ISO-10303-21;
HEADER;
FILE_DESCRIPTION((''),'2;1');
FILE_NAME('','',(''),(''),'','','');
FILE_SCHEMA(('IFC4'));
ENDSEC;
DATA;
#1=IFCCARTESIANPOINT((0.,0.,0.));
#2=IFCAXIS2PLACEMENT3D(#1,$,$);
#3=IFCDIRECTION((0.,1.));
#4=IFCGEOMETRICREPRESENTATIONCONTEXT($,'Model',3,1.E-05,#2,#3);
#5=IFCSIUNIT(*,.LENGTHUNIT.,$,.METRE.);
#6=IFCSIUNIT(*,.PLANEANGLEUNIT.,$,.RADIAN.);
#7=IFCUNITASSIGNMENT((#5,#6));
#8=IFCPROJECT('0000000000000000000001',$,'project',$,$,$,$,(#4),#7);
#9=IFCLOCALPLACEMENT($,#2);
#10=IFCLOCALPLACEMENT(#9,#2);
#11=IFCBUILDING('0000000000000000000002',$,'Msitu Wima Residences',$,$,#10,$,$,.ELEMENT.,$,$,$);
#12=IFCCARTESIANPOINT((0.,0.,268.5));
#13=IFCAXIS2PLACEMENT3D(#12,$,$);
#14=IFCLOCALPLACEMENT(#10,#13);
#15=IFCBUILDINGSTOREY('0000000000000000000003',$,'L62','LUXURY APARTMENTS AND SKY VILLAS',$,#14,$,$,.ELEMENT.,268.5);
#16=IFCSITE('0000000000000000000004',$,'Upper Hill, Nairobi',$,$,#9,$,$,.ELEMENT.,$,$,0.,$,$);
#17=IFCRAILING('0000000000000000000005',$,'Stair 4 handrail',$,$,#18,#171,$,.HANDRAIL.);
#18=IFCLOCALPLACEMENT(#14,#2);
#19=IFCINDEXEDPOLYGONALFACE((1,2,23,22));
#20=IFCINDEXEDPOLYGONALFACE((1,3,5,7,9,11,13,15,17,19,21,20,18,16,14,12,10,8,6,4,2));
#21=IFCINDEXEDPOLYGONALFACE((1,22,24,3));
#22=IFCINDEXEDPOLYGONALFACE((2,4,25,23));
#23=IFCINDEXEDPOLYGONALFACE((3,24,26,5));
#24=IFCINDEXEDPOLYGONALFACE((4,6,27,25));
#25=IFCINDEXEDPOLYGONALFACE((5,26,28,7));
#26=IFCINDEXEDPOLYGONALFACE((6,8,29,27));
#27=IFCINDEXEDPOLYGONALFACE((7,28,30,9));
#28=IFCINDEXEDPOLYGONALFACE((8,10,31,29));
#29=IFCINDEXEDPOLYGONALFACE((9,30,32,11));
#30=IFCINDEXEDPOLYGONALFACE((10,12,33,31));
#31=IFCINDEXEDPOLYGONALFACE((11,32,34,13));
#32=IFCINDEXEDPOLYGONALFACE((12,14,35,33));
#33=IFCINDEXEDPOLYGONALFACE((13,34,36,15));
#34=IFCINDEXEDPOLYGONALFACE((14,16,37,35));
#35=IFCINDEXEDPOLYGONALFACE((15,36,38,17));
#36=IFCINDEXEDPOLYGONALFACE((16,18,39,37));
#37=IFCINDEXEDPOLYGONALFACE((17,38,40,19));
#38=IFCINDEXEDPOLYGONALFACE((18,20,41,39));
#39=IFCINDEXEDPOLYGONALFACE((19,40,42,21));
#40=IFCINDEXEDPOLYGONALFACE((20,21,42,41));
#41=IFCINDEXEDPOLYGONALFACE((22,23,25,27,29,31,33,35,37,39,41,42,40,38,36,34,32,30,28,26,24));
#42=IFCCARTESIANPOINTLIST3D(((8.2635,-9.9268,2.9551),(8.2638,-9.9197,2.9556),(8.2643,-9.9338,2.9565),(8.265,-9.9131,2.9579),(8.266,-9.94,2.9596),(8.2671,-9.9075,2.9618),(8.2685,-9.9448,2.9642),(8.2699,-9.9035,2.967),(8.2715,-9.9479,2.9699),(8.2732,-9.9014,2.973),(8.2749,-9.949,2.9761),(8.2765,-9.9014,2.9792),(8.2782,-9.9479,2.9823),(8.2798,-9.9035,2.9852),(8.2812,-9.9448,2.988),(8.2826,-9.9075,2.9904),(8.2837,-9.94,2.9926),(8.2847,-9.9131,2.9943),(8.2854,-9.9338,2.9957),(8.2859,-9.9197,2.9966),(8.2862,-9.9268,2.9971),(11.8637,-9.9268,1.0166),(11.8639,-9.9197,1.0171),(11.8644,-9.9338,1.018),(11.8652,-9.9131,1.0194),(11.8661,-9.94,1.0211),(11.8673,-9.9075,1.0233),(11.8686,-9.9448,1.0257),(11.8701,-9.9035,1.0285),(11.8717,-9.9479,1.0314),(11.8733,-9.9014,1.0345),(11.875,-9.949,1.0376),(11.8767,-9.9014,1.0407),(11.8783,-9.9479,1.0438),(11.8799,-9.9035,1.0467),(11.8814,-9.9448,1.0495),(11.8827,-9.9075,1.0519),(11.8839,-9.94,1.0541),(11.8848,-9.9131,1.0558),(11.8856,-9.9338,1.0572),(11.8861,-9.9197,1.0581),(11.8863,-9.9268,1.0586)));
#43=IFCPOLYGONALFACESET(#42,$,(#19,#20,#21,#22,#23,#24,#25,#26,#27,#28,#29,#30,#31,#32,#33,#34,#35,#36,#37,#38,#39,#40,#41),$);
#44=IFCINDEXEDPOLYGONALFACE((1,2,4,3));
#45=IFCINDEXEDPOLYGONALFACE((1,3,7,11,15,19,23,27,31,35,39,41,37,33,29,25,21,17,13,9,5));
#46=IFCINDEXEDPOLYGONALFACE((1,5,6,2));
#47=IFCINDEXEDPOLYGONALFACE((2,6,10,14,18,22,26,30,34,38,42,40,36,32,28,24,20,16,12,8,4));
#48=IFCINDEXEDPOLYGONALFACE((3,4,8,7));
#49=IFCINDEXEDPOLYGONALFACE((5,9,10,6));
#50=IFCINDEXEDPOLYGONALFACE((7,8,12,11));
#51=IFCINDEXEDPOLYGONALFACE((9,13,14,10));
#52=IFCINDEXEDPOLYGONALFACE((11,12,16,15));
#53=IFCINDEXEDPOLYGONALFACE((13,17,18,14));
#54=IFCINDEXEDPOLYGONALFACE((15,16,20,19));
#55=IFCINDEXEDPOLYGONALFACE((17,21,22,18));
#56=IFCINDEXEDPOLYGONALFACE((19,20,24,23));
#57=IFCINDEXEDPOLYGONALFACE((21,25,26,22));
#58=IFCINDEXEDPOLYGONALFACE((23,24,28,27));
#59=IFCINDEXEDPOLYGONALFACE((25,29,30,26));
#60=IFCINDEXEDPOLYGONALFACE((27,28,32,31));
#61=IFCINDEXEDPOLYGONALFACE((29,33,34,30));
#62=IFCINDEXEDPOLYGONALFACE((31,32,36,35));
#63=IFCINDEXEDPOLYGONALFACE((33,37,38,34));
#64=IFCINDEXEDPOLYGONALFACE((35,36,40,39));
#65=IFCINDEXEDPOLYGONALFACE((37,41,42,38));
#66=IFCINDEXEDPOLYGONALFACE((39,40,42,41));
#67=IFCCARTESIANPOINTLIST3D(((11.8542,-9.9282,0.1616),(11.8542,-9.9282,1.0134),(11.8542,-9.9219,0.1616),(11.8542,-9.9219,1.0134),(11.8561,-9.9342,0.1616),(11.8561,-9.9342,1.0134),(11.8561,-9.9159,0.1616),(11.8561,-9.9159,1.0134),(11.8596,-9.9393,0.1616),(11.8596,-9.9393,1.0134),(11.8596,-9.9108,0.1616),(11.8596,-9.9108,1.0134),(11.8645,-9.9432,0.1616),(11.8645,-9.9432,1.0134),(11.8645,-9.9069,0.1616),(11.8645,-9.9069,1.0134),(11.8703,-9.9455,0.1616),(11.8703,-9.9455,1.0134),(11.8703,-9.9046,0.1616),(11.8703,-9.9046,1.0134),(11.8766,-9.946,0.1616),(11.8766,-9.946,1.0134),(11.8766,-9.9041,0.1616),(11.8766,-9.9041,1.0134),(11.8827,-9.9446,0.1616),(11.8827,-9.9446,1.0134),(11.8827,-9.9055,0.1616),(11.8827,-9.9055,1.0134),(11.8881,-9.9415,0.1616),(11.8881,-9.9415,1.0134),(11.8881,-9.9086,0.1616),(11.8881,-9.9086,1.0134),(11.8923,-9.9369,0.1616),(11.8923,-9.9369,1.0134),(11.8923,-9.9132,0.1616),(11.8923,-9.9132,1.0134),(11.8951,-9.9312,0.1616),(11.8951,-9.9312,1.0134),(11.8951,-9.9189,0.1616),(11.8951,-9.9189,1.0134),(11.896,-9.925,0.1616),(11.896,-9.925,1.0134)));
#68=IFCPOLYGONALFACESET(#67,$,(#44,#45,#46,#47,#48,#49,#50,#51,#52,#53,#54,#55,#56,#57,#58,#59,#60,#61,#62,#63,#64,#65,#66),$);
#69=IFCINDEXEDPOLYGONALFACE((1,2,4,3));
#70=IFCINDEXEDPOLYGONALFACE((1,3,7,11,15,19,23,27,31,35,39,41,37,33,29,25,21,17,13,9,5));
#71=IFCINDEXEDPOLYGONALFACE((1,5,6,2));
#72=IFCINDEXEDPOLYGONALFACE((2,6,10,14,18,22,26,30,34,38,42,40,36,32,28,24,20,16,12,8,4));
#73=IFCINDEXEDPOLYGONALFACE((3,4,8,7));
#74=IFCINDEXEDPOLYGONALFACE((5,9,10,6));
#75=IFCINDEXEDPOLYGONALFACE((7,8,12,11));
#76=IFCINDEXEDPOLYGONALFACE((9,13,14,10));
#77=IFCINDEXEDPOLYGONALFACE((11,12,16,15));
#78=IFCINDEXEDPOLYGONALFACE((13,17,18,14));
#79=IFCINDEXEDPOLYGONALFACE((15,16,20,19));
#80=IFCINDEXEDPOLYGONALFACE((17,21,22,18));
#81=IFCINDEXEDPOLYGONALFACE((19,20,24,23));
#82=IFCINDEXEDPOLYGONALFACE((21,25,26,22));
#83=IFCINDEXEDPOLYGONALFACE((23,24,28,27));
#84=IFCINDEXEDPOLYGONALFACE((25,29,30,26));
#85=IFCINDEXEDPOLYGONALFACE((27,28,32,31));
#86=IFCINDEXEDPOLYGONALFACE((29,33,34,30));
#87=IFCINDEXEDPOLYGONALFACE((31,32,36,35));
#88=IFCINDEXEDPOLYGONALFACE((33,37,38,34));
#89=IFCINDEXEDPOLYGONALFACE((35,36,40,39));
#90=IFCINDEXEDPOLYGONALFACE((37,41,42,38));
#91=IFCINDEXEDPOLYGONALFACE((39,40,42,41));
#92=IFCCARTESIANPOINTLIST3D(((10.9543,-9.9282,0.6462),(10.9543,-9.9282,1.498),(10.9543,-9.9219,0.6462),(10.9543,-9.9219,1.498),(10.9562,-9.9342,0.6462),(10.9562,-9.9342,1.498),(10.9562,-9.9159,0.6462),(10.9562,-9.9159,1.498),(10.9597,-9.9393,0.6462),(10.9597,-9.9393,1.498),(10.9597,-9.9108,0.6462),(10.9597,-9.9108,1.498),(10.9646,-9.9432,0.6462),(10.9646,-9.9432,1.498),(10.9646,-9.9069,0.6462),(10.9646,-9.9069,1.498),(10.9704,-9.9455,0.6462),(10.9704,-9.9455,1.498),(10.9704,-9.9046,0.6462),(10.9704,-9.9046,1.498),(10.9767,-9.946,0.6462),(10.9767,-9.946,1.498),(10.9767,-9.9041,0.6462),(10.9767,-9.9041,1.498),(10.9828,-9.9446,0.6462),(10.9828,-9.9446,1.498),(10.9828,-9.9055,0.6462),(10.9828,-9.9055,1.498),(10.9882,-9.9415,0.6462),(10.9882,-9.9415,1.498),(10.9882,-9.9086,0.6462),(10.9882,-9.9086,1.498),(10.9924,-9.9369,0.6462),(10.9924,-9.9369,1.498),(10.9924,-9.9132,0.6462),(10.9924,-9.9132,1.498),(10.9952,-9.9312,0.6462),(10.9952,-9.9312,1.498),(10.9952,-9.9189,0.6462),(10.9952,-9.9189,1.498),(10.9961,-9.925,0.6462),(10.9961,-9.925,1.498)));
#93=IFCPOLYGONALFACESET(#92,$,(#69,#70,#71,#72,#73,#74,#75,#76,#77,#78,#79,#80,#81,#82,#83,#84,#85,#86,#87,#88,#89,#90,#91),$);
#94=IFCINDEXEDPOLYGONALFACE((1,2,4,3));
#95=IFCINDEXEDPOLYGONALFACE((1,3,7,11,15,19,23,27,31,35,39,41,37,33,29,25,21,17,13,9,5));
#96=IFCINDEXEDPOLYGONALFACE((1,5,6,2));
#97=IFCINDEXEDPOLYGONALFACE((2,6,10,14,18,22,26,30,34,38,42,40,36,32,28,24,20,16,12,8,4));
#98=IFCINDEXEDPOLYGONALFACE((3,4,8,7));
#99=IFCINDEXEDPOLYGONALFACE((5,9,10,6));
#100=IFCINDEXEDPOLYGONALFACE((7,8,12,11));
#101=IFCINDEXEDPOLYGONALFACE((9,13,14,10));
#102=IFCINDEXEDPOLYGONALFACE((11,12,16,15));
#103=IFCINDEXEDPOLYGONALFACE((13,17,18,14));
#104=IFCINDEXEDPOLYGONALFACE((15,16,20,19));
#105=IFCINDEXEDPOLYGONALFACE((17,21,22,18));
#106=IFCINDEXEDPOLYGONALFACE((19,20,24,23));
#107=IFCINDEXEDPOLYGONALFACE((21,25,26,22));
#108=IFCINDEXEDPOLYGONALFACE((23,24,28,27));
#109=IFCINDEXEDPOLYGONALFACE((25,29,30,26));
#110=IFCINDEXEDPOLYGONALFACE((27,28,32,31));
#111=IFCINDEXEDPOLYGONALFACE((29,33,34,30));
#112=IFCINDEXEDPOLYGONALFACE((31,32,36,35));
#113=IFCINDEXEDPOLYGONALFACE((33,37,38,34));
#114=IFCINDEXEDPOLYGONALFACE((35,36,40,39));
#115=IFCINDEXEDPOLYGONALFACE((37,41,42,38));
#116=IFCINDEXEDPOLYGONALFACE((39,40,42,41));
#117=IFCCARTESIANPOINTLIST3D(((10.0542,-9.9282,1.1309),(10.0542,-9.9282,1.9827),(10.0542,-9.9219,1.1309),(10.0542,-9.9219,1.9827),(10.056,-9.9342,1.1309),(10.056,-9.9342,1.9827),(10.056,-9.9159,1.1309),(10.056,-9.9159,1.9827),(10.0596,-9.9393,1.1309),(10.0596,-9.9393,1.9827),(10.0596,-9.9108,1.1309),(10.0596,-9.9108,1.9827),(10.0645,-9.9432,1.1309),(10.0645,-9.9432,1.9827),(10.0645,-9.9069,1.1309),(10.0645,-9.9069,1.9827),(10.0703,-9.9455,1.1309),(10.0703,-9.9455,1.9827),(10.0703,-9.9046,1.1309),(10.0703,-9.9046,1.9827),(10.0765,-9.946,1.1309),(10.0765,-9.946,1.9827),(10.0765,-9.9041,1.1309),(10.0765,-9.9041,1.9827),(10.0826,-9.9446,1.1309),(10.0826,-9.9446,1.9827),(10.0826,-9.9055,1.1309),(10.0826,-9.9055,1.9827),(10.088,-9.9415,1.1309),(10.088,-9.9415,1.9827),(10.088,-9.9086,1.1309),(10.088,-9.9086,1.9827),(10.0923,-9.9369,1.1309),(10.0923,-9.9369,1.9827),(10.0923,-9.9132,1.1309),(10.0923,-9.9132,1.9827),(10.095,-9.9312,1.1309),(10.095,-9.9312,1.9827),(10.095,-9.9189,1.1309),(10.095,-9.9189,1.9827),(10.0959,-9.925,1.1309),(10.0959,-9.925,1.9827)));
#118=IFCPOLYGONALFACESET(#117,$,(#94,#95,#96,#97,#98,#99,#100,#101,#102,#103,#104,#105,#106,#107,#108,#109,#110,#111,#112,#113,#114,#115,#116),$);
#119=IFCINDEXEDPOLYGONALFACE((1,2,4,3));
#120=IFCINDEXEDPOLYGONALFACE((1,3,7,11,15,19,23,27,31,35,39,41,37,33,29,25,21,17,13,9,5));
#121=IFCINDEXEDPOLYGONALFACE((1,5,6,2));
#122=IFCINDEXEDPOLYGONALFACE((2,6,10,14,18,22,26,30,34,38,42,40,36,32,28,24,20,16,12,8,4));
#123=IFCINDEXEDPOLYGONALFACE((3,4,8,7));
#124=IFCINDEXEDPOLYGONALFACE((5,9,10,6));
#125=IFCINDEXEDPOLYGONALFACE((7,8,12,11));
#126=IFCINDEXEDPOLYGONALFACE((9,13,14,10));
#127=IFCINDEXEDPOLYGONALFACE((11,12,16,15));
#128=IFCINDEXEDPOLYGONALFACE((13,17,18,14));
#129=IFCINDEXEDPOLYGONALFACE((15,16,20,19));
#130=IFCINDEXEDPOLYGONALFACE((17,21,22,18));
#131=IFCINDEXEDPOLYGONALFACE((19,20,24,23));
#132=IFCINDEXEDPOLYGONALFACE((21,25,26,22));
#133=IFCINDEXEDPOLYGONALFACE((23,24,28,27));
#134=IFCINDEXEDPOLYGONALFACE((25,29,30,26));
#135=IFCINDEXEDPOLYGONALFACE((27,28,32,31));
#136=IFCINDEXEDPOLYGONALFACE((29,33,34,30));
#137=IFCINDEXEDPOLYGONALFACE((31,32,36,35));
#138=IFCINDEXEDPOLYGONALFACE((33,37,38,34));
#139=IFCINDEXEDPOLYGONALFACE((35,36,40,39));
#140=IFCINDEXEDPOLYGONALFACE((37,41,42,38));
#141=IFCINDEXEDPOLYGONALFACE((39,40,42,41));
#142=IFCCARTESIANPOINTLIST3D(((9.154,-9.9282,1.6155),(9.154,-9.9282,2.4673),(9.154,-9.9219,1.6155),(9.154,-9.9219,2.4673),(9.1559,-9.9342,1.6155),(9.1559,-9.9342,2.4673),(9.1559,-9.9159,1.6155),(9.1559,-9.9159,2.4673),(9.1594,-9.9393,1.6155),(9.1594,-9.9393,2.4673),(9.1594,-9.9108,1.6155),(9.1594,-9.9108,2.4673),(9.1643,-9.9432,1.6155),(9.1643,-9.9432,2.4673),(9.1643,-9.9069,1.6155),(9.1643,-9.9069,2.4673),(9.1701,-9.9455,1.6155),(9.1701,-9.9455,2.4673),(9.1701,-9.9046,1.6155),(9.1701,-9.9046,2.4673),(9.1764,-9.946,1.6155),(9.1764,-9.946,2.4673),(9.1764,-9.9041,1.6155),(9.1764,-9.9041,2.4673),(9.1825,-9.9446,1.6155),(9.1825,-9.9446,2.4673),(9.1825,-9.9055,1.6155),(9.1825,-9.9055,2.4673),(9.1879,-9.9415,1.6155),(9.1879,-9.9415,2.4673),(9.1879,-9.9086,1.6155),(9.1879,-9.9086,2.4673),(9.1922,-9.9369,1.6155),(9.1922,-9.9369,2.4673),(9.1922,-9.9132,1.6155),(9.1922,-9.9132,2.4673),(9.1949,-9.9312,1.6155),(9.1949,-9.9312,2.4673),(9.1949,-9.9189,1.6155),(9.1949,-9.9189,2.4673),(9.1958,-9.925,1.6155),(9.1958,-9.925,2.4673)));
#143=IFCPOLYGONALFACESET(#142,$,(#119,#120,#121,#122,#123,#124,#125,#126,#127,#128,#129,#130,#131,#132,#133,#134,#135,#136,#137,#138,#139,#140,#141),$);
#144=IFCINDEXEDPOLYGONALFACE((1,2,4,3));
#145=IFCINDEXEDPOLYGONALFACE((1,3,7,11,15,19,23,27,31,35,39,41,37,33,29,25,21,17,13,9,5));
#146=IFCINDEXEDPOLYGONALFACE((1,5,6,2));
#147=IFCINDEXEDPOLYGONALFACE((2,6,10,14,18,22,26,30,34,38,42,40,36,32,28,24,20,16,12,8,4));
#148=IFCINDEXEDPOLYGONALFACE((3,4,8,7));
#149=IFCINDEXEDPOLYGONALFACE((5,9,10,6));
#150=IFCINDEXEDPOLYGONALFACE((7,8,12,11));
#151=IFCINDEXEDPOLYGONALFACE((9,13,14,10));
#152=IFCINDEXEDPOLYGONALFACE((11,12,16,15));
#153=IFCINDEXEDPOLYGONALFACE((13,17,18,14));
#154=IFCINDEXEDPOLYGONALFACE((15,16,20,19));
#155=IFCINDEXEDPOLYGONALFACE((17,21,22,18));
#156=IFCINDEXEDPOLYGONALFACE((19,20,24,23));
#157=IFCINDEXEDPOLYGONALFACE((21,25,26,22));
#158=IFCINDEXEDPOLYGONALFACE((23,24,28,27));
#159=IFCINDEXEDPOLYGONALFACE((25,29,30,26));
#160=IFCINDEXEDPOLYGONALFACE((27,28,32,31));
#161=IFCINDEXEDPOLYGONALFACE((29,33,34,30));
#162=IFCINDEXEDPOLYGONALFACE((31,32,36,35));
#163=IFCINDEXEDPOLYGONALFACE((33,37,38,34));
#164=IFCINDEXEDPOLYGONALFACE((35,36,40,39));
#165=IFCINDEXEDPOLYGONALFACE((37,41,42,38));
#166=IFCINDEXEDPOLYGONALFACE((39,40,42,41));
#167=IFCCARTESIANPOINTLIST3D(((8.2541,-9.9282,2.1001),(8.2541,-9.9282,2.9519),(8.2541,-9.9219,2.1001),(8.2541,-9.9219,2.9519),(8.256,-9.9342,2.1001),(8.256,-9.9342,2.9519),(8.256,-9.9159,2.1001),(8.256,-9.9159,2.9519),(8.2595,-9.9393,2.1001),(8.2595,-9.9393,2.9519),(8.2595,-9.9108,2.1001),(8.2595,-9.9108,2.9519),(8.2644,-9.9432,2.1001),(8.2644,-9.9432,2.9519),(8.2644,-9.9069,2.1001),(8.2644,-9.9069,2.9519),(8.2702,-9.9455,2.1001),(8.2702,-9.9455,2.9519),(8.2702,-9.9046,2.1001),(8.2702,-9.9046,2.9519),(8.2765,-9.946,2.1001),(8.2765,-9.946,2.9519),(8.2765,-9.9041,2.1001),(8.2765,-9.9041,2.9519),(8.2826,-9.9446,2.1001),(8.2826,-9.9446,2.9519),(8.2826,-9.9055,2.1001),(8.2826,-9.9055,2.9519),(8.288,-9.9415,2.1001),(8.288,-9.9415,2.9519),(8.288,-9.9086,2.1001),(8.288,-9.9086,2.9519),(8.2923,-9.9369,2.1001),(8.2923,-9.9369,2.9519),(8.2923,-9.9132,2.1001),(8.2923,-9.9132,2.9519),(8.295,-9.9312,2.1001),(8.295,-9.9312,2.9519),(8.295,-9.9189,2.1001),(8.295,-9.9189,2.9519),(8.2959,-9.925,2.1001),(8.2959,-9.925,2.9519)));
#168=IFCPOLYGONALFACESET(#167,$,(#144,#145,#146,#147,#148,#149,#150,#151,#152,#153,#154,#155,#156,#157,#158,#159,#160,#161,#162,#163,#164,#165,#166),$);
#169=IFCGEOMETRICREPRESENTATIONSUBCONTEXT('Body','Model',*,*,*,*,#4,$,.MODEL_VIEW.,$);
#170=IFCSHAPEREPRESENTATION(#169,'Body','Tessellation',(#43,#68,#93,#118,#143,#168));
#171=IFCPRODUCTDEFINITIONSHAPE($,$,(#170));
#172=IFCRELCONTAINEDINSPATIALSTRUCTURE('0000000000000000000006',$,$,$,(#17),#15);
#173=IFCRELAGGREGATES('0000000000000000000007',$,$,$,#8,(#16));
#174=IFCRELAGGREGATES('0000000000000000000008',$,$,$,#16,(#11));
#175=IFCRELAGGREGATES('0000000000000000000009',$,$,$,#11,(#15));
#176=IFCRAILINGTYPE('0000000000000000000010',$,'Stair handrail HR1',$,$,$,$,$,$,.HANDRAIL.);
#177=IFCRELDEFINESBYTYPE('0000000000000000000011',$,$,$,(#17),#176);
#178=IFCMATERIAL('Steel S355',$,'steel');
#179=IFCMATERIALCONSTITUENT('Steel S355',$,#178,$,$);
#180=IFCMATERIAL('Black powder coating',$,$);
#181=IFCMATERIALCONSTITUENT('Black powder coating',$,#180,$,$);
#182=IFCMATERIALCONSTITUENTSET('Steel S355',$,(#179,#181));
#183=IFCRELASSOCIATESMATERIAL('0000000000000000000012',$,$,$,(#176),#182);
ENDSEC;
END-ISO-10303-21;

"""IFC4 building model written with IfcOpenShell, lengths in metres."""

from ifc_helpers import new_model, si_unit, direction, frame, origin, origin_2d, place, context, subcontext, project, spatial, circle, extrude, material, constituent, constituent_set, type_object, element, save


model = new_model("IFC4")

# Units and contexts
model_context = context("Model", 3, precision=1e-05, world=origin(), true_north=direction((0.0, 1.0)))
body_context = subcontext(model_context, "Body", "Model", "MODEL_VIEW")
ifc_project = project(units=[si_unit("LENGTHUNIT", "METRE"), si_unit("PLANEANGLEUNIT", "RADIAN")], contexts=[model_context])

# Site, building, storey
site_placement = place(None, origin())
site = spatial("IfcSite", under=ifc_project, at=site_placement, Name="Upper Hill, Nairobi", CompositionType="ELEMENT", RefElevation=0.0)
building_placement = place(site_placement, origin())
building = spatial("IfcBuilding", under=site, at=building_placement, Name="Msitu Wima Residences", CompositionType="ELEMENT")
storey_placement = place(building_placement, frame((0.0, 0.0, 268.5)))
storey = spatial("IfcBuildingStorey", under=building, at=storey_placement, Name="L62", Description="LUXURY APARTMENTS AND SKY VILLAS", CompositionType="ELEMENT", Elevation=268.5)

# Railing
ifc_material_1 = material(Name="Steel S355", Category="steel")
ifc_constituent_1 = constituent(ifc_material_1, Name="Steel S355")
ifc_material_2 = material(Name="Black powder coating")
ifc_constituent_2 = constituent(ifc_material_2, Name="Black powder coating")
ifc_constituent_set = constituent_set(constituents=[ifc_constituent_1, ifc_constituent_2], Name="Steel S355")
railing_type = type_object("IfcRailingType", Name="Stair handrail HR1", PredefinedType="HANDRAIL", material=ifc_constituent_set)
for number, where, name in (
    (1, (11.875, -9.925, 0.1616), "Stair 4 handrail"),
):
    element("IfcRailing", number, at=place(storey_placement, frame(where)), inside=storey, type_object=railing_type, Name=name, PredefinedType="HANDRAIL", context=body_context, shape_type="SweptSolid", body=[
        extrude(circle(Radius=0.0239, at=origin_2d()), frame((0.0, 0.0, 0.876), z_axis=(-0.880475, 0.0, 0.474093), x_axis=(0.0, -1.0, 0.0)), (0.0, 0.0, 1.0), 4.0889),
        extrude(circle(Radius=0.021, at=origin_2d()), origin(), (0.0, 0.0, 1.0), 0.8518),
        extrude(circle(Radius=0.021, at=origin_2d()), frame((-0.8999, 0.0, 0.4846)), (0.0, 0.0, 1.0), 0.8518),
        extrude(circle(Radius=0.021, at=origin_2d()), frame((-1.8, 0.0, 0.9692)), (0.0, 0.0, 1.0), 0.8518),
        extrude(circle(Radius=0.021, at=origin_2d()), frame((-2.7002, 0.0, 1.4539)), (0.0, 0.0, 1.0), 0.8518),
        extrude(circle(Radius=0.021, at=origin_2d()), frame((-3.6001, 0.0, 1.9385)), (0.0, 0.0, 1.0), 0.8518),
    ])

save(model, "model.ifc")
